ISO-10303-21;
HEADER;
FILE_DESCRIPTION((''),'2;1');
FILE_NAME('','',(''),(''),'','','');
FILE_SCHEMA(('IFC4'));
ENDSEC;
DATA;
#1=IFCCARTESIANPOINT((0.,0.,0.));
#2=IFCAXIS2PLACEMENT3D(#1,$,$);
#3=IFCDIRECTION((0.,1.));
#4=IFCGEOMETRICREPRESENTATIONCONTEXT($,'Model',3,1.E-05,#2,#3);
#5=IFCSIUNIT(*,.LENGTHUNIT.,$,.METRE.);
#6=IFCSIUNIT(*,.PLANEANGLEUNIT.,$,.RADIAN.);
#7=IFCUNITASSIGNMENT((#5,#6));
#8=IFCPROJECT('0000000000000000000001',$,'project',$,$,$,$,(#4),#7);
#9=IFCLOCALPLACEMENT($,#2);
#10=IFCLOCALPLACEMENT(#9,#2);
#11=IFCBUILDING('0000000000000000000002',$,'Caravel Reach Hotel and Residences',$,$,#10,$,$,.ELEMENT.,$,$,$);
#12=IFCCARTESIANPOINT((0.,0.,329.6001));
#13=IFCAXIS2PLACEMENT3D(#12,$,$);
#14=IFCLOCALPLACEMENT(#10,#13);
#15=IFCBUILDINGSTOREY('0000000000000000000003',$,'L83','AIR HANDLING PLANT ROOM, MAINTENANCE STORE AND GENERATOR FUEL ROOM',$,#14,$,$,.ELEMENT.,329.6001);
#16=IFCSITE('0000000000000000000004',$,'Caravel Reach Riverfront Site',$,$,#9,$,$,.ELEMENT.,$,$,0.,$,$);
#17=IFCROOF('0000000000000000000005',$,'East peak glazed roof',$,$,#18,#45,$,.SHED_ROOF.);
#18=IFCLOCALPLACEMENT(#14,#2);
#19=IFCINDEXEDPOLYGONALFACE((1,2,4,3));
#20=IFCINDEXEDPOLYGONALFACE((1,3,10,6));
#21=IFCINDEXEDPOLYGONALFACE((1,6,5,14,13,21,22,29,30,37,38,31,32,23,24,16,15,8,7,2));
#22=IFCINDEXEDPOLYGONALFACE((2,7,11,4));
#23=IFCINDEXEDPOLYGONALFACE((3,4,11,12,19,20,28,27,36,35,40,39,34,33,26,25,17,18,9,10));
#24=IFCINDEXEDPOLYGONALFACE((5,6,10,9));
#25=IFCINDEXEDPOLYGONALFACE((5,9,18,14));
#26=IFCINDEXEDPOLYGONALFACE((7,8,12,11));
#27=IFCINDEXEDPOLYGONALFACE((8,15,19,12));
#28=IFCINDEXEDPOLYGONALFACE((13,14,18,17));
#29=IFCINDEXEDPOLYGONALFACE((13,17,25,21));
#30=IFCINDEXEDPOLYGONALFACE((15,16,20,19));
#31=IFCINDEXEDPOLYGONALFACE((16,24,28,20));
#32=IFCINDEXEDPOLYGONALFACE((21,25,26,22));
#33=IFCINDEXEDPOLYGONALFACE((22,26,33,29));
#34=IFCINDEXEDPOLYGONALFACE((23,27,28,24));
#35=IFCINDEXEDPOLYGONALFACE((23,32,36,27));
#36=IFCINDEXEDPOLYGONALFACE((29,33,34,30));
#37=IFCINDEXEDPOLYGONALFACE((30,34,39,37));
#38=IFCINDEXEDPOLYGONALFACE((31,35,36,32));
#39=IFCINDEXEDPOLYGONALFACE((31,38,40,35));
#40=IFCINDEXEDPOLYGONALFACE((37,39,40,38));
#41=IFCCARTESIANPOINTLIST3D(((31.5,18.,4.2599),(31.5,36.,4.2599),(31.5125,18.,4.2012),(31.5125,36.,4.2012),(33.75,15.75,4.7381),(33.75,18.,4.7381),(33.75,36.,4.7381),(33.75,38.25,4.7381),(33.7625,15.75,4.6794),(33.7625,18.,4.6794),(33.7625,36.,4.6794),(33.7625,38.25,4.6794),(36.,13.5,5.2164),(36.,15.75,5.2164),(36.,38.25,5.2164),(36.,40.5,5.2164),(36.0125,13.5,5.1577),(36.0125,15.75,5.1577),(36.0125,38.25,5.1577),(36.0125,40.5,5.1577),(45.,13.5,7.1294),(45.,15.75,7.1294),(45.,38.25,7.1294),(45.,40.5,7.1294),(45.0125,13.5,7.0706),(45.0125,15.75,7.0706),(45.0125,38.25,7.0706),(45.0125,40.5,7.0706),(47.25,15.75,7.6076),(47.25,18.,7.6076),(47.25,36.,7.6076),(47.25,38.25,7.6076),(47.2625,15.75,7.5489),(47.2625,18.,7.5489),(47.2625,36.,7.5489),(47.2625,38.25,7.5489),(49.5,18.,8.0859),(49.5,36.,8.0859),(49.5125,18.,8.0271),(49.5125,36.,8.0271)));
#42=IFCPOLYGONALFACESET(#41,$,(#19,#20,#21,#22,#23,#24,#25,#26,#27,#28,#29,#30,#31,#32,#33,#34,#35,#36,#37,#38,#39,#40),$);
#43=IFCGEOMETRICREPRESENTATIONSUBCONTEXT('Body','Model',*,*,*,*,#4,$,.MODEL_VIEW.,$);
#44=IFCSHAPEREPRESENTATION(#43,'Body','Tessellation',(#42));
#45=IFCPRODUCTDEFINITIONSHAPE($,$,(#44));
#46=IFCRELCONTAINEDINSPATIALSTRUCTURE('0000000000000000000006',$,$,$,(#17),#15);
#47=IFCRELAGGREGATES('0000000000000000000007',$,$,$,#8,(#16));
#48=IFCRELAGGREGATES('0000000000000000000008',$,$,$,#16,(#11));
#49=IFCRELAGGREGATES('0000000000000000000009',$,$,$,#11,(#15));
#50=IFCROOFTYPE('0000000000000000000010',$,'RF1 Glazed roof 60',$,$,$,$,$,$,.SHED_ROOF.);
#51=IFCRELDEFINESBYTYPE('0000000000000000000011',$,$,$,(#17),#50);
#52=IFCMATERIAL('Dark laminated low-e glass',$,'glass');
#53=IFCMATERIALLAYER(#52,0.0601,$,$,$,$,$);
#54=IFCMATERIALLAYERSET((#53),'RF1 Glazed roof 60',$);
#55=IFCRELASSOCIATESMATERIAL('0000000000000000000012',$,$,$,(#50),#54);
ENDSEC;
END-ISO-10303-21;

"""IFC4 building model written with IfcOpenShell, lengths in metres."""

from ifc_helpers import new_model, si_unit, direction, frame, origin, place, context, subcontext, project, spatial, polyline, outline, extrude, material, layer, layer_set, type_object, element, save


model = new_model("IFC4")

# Units and contexts
model_context = context("Model", 3, precision=1e-05, world=origin(), true_north=direction((0.0, 1.0)))
body_context = subcontext(model_context, "Body", "Model", "MODEL_VIEW")
ifc_project = project(units=[si_unit("LENGTHUNIT", "METRE"), si_unit("PLANEANGLEUNIT", "RADIAN")], contexts=[model_context])

# Site, building, storey
site_placement = place(None, origin())
site = spatial("IfcSite", under=ifc_project, at=site_placement, Name="Caravel Reach Riverfront Site", CompositionType="ELEMENT", RefElevation=0.0)
building_placement = place(site_placement, origin())
building = spatial("IfcBuilding", under=site, at=building_placement, Name="Caravel Reach Hotel and Residences", CompositionType="ELEMENT")
storey_placement = place(building_placement, frame((0.0, 0.0, 329.6001)))
storey = spatial("IfcBuildingStorey", under=building, at=storey_placement, Name="L83", Description="AIR HANDLING PLANT ROOM, MAINTENANCE STORE AND GENERATOR FUEL ROOM", CompositionType="ELEMENT", Elevation=329.6001)

# Roof
ifc_material_1 = material(Name="Dark laminated low-e glass", Category="glass")
ifc_layer_1 = layer(ifc_material_1, 0.0601)
ifc_layer_set_1 = layer_set([ifc_layer_1], Name="RF1 Glazed roof 60")
roof_type = type_object("IfcRoofType", Name="RF1 Glazed roof 60", PredefinedType="SHED_ROOF", material=ifc_layer_set_1)
roof_placement = place(storey_placement, frame((45.0, 13.5, 7.1294), z_axis=(-0.20791, 0.0, 0.978148), x_axis=(0.0, 1.0, 0.0)))
element("IfcRoof", 1, at=roof_placement, inside=storey, type_object=roof_type, Name="East peak glazed roof", PredefinedType="SHED_ROOF", context=body_context, shape_type="SweptSolid", body=[
    extrude(outline(polyline([(0.0, 0.0), (2.25, 0.0), (2.25, -2.3003), (4.5, -2.3003), (4.5, -4.6005), (22.5, -4.6005), (22.5, -2.3003), (24.75, -2.3003), (24.75, 0.0), (27.0, 0.0), (27.0, 9.2011), (24.75, 9.2011), (24.75, 11.5014), (22.5, 11.5014), (22.5, 13.8016), (4.5, 13.8016), (4.5, 11.5014), (2.25, 11.5014), (2.25, 9.2011), (0.0, 9.2011), (0.0, 0.0)])), origin(), (0.0, 0.0, -1.0), 0.0601),
])

save(model, "model.ifc")
